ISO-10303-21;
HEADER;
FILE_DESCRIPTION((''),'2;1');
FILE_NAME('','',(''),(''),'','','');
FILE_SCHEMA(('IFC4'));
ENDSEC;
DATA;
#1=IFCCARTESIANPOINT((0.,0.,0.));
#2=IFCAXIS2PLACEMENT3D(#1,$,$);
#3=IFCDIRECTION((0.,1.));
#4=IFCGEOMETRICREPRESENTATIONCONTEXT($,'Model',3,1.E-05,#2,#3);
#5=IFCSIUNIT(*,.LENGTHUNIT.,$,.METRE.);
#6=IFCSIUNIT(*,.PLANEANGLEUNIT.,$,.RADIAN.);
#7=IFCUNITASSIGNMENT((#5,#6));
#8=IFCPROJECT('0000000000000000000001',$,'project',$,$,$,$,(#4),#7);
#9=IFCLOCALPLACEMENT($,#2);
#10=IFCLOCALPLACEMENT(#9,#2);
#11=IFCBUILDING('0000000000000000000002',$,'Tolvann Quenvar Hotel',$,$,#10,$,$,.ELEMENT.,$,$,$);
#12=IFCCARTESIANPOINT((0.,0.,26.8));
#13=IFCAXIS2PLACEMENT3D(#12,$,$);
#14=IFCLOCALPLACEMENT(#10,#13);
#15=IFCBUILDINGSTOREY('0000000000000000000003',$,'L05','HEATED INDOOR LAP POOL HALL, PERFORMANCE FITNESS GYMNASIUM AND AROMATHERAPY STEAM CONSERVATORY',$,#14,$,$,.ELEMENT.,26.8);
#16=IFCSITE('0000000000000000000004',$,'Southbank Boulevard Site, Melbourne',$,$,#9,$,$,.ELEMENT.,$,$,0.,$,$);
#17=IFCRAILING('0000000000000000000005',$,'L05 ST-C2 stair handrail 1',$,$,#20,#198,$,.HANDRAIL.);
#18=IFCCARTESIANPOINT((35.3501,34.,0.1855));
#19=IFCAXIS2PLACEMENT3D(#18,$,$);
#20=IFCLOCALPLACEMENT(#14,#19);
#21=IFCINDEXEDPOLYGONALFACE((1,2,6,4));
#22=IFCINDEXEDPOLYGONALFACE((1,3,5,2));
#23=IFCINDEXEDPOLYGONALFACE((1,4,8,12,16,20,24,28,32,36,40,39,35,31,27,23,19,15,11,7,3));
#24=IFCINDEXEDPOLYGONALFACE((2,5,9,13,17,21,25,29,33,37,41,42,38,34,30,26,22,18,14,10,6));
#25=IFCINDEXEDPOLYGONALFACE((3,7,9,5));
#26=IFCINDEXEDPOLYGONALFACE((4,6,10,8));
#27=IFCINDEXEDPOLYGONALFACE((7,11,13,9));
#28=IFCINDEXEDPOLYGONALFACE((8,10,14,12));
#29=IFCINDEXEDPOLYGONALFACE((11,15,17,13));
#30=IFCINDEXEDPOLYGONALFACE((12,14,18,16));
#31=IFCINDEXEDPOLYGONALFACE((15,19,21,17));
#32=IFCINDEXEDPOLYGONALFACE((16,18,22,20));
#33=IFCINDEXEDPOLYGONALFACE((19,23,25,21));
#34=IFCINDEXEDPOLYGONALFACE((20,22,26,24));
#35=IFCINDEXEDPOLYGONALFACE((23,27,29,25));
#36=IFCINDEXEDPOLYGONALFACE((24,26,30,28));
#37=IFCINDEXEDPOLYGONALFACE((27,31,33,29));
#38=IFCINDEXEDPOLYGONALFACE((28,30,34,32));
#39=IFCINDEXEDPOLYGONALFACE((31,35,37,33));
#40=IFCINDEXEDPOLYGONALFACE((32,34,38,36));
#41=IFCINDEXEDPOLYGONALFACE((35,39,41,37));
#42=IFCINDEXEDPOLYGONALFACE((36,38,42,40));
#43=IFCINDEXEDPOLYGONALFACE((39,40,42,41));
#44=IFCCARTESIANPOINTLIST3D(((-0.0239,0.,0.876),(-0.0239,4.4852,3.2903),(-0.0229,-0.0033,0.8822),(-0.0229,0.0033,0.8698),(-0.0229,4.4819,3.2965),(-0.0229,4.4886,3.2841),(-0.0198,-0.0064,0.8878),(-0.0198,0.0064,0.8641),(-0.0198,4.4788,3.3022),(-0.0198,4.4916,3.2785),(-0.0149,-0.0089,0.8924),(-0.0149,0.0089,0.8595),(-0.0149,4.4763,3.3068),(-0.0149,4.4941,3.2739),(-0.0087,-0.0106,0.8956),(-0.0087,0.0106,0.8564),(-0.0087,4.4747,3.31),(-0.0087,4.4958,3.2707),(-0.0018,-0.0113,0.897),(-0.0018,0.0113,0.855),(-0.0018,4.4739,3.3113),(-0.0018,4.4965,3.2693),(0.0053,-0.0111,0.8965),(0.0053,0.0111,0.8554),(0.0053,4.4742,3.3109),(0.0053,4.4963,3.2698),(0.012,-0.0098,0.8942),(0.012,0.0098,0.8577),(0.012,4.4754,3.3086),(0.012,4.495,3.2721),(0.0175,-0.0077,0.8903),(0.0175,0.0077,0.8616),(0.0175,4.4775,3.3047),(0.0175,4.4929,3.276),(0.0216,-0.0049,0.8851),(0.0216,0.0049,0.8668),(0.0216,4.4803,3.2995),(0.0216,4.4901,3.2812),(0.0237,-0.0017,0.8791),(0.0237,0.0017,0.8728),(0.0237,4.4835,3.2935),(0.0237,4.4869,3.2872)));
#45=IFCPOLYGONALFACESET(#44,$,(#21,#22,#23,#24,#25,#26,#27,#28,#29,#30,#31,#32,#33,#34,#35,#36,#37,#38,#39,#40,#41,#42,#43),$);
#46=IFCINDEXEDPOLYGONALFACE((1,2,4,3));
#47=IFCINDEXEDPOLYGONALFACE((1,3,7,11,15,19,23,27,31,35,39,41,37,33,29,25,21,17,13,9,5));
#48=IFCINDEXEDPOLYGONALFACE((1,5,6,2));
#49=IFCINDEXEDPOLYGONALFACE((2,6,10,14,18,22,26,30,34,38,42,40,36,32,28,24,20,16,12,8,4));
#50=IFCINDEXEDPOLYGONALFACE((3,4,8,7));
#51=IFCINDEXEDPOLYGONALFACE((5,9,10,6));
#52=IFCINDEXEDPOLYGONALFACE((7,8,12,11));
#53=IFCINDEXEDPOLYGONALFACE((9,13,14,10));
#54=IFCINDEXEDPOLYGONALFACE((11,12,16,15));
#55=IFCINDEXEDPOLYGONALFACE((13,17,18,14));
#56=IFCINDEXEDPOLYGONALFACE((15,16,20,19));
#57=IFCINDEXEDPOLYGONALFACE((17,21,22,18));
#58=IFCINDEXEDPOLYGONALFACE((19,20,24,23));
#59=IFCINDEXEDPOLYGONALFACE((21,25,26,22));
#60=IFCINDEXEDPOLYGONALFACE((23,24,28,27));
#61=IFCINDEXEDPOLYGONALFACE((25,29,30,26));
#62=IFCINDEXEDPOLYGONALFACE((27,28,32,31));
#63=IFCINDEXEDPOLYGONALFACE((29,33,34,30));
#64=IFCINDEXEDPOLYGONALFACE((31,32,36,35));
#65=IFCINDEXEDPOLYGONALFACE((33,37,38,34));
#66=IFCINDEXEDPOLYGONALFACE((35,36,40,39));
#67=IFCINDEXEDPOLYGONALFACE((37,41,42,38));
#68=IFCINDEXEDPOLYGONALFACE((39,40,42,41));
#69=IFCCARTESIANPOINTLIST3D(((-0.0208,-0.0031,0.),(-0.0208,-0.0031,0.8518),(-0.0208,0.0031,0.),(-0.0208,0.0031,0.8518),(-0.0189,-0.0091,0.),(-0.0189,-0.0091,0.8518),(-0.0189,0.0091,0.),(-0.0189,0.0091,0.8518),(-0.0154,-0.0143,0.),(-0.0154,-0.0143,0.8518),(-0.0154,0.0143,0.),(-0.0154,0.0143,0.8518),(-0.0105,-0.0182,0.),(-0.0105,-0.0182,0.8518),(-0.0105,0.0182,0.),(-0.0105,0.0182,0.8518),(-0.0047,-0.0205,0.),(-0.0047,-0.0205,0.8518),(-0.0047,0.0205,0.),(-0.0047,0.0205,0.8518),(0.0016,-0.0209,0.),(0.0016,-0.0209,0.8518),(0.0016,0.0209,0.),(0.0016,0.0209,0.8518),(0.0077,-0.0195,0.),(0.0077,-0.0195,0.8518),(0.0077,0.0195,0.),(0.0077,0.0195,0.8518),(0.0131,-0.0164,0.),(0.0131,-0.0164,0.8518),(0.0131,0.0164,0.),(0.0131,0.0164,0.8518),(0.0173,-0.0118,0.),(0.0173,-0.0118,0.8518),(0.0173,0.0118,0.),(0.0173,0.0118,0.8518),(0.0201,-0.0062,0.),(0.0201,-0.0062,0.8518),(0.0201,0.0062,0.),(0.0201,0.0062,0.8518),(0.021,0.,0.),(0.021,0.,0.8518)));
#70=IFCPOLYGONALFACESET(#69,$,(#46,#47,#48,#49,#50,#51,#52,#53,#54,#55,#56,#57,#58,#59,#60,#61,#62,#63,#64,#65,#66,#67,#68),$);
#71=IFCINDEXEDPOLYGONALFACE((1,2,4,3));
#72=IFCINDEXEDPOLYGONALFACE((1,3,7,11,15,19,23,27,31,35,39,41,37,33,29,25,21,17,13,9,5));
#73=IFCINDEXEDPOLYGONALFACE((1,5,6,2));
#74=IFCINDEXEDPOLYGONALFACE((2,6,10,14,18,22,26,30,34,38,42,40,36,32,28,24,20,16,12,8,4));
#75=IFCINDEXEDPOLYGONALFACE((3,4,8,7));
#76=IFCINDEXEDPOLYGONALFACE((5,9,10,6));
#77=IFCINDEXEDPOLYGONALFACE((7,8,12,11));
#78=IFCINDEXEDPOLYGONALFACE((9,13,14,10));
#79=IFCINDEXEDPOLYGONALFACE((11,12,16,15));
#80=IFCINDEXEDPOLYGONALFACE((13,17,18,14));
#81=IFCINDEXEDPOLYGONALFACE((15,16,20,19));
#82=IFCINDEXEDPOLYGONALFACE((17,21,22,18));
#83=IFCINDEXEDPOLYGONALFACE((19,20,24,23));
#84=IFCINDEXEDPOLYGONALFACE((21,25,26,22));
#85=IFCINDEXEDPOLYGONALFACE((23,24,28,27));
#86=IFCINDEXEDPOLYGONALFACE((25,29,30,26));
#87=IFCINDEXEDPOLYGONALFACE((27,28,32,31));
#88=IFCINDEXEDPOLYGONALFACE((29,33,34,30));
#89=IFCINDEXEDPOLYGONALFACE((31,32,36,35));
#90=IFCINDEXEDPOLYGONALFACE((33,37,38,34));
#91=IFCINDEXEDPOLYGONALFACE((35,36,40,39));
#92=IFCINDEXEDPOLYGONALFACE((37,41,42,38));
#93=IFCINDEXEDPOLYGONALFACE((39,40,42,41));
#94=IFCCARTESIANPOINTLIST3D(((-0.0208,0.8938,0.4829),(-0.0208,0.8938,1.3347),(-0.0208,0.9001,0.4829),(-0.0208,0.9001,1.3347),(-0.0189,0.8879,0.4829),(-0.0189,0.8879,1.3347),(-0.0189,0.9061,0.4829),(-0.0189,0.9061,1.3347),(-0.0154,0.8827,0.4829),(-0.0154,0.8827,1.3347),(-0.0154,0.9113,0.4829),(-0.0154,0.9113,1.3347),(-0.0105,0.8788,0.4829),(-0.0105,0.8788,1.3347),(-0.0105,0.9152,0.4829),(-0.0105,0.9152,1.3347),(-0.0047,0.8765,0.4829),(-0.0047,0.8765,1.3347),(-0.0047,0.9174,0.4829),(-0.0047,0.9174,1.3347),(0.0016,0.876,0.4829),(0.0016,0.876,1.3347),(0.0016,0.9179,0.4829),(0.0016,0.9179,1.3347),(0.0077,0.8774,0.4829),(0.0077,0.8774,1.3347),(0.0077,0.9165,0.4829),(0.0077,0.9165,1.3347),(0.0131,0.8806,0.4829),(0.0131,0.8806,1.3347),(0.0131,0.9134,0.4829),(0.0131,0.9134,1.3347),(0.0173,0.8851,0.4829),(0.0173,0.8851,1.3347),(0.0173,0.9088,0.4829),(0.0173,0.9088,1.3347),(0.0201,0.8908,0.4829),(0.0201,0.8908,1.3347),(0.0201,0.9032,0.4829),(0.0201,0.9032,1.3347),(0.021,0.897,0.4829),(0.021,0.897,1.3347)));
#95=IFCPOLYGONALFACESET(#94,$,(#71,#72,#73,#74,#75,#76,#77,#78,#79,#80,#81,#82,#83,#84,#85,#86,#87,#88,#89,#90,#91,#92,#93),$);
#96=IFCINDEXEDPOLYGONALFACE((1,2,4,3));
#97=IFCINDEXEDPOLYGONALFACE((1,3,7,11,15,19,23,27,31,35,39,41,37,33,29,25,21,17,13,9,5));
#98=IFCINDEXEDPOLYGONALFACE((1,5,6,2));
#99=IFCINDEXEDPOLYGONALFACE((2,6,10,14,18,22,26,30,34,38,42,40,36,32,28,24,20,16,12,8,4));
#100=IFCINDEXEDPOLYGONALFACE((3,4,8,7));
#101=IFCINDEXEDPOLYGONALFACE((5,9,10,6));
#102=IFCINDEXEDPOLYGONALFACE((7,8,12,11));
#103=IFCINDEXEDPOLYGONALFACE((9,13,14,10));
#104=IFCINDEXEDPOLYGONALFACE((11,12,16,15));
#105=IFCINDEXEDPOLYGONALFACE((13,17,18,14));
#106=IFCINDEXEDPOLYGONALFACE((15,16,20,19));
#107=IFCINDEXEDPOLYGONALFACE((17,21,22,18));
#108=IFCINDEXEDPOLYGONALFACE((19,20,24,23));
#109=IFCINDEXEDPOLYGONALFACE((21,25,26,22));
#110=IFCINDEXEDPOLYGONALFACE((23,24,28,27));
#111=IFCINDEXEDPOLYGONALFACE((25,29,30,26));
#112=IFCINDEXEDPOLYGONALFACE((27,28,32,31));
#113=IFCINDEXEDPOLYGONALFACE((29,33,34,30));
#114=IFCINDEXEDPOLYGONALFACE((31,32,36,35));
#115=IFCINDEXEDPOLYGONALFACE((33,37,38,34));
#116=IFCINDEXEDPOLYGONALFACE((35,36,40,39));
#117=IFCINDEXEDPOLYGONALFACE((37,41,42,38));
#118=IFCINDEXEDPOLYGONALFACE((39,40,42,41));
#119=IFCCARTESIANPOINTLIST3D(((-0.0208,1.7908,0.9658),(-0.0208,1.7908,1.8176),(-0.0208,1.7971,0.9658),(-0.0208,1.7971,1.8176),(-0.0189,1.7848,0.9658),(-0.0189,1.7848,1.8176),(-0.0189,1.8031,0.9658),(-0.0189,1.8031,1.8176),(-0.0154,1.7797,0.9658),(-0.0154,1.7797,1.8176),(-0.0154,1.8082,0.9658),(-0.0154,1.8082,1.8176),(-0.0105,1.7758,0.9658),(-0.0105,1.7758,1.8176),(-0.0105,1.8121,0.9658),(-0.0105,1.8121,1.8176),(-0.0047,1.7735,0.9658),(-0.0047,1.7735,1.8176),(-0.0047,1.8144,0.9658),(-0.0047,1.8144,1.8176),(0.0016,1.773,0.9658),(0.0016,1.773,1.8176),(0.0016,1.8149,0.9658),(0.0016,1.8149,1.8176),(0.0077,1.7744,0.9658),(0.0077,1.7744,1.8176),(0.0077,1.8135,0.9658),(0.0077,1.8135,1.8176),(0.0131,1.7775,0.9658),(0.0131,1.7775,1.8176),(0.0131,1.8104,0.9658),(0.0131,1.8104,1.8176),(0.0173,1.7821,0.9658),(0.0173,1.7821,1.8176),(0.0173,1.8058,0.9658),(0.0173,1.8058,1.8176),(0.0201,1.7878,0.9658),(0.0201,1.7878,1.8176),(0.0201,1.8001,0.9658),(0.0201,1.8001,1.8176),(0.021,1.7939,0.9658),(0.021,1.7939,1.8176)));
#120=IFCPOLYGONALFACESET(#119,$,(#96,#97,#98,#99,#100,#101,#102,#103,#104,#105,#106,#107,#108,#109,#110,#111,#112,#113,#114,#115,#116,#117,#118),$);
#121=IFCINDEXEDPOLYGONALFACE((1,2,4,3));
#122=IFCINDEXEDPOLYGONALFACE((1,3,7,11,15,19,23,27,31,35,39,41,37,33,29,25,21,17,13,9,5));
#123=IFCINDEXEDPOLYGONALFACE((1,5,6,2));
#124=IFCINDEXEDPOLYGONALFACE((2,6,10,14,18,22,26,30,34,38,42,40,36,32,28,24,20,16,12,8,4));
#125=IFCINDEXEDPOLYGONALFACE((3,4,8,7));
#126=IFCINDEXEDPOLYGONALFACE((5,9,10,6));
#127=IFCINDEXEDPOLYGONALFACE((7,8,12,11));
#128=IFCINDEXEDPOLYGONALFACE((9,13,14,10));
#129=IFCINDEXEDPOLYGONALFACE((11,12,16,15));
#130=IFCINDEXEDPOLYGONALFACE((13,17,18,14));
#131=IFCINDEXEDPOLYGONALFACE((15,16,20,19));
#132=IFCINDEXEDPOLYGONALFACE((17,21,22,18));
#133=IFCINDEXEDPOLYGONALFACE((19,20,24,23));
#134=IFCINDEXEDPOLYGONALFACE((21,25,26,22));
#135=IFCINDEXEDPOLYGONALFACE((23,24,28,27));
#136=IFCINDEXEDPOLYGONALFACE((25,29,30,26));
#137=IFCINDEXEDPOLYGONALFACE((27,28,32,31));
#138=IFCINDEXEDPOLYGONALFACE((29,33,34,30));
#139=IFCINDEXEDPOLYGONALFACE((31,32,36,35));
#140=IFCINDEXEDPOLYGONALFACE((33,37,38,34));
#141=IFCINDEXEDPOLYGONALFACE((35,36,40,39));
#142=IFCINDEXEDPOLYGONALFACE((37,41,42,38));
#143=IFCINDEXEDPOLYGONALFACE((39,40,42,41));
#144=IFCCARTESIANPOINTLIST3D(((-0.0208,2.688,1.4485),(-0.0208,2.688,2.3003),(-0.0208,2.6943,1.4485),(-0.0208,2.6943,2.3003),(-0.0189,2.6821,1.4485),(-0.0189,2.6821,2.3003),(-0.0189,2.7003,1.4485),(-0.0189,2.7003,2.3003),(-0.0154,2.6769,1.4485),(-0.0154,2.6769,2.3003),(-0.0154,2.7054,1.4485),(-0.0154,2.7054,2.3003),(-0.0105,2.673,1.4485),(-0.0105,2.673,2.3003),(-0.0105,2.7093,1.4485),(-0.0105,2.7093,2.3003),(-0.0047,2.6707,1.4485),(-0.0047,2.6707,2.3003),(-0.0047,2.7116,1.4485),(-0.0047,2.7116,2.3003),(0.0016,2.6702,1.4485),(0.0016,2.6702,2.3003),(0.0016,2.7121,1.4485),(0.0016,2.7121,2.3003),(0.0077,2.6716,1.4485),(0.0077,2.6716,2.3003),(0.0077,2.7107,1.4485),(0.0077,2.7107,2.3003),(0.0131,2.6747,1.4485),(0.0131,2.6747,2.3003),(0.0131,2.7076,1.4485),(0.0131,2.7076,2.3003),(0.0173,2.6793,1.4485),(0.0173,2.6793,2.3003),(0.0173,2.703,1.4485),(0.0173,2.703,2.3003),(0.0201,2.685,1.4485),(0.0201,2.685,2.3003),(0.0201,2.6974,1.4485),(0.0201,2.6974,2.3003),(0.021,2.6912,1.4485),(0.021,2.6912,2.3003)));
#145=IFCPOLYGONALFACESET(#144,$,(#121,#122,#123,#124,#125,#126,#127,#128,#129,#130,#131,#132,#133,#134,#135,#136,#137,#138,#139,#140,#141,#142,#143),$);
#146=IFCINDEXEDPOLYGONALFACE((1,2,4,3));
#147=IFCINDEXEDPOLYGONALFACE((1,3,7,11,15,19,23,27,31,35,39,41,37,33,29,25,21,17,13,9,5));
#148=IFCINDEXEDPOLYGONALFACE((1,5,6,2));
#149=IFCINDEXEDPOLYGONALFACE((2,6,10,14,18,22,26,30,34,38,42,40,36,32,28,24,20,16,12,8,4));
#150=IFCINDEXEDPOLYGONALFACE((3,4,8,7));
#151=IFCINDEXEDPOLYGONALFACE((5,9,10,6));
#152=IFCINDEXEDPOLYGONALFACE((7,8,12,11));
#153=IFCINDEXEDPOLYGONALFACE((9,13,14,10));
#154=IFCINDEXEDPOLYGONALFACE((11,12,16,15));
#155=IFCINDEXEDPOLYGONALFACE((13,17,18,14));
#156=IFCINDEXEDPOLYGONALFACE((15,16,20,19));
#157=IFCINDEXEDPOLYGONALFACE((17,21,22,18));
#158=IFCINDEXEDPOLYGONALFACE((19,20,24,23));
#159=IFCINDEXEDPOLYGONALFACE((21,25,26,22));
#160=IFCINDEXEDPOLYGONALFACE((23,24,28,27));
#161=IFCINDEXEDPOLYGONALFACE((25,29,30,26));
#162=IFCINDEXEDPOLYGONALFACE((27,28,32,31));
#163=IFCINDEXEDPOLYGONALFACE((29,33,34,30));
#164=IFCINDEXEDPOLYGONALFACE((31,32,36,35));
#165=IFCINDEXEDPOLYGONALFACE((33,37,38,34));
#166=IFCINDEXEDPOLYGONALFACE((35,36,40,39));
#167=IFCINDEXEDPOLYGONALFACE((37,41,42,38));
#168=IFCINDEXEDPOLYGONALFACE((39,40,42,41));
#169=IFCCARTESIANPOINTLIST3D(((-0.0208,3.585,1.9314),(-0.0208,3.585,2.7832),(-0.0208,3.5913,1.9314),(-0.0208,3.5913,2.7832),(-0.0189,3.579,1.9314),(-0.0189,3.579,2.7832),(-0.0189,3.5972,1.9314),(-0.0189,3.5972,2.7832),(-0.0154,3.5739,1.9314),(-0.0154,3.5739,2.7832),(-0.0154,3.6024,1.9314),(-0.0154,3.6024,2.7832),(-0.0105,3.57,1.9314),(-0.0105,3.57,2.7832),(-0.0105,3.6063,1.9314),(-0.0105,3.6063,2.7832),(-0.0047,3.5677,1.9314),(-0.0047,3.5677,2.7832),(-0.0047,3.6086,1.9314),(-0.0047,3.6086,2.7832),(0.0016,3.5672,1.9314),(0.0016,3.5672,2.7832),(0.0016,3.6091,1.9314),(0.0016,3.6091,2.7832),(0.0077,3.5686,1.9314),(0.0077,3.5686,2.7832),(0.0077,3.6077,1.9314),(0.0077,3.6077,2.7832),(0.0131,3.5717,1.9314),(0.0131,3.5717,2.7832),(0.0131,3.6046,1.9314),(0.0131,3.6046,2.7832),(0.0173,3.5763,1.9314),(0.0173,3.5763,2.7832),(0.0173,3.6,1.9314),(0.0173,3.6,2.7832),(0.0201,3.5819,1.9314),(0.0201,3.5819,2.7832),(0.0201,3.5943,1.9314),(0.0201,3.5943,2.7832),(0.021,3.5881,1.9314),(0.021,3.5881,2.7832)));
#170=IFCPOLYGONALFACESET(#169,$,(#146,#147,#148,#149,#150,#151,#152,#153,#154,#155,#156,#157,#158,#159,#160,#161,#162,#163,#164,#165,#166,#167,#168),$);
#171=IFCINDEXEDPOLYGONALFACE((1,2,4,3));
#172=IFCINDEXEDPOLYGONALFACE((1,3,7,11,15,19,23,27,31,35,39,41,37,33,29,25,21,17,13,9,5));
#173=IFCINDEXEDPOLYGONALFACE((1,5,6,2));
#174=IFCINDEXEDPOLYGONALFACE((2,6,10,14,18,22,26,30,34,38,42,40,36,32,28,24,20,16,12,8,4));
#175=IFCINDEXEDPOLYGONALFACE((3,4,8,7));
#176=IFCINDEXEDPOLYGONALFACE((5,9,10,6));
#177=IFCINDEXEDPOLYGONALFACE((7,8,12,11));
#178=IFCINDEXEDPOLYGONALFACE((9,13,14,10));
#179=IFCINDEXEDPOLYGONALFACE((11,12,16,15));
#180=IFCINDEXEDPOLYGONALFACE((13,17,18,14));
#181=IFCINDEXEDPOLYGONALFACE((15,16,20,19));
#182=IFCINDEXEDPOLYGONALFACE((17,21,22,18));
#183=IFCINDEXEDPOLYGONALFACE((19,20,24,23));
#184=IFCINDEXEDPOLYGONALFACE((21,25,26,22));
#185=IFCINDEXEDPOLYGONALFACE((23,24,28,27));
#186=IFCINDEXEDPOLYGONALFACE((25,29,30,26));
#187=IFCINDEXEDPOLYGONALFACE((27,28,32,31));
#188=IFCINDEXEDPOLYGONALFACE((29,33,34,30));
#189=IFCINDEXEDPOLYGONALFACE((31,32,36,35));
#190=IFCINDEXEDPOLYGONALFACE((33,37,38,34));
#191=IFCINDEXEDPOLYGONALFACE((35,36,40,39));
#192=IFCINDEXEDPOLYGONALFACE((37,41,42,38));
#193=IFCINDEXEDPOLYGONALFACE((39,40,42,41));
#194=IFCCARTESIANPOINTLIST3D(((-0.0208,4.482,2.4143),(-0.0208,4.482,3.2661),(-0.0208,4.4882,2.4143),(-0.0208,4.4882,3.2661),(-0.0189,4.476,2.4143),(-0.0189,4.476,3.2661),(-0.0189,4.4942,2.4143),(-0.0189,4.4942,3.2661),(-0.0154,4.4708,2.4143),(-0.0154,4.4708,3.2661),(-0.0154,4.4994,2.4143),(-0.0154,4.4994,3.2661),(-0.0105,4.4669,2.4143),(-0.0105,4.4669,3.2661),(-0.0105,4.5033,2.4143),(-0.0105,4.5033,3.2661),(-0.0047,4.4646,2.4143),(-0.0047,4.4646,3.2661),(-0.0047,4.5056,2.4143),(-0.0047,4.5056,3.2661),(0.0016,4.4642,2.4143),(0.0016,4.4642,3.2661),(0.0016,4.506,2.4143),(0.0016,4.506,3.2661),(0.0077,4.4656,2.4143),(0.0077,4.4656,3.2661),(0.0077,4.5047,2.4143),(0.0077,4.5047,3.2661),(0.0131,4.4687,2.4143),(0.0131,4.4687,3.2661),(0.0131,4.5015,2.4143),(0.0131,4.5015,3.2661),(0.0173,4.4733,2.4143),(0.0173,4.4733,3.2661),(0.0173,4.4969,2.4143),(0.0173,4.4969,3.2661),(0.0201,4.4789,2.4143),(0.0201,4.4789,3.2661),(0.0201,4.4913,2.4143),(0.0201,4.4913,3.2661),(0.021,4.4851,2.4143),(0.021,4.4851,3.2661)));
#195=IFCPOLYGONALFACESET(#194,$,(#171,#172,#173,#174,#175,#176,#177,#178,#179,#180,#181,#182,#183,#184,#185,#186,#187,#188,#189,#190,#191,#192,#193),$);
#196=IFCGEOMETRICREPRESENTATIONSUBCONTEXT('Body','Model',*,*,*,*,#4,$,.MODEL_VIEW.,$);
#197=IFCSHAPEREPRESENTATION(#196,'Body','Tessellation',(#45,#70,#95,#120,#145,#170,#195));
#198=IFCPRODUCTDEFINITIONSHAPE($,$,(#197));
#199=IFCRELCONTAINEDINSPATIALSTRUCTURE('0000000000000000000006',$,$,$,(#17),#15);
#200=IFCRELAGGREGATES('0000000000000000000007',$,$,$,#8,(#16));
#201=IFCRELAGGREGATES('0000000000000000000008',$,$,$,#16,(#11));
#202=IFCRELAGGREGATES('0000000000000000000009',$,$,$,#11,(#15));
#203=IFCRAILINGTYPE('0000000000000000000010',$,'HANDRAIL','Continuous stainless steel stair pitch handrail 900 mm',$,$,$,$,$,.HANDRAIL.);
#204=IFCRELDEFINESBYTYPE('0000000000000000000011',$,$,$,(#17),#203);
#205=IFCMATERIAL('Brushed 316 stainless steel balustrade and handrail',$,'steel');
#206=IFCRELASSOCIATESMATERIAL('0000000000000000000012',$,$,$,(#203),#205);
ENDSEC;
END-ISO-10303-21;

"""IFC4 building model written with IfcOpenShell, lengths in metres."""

from ifc_helpers import new_model, si_unit, direction, frame, origin, origin_2d, place, context, subcontext, project, spatial, circle, extrude, material, type_object, element, save


model = new_model("IFC4")

# Units and contexts
model_context = context("Model", 3, precision=1e-05, world=origin(), true_north=direction((0.0, 1.0)))
body_context = subcontext(model_context, "Body", "Model", "MODEL_VIEW")
ifc_project = project(units=[si_unit("LENGTHUNIT", "METRE"), si_unit("PLANEANGLEUNIT", "RADIAN")], contexts=[model_context])

# Site, building, storey
site_placement = place(None, origin())
site = spatial("IfcSite", under=ifc_project, at=site_placement, Name="Southbank Boulevard Site, Melbourne", CompositionType="ELEMENT", RefElevation=0.0)
building_placement = place(site_placement, origin())
building = spatial("IfcBuilding", under=site, at=building_placement, Name="Tolvann Quenvar Hotel", CompositionType="ELEMENT")
storey_placement = place(building_placement, frame((0.0, 0.0, 26.8)))
storey = spatial("IfcBuildingStorey", under=building, at=storey_placement, Name="L05", Description="HEATED INDOOR LAP POOL HALL, PERFORMANCE FITNESS GYMNASIUM AND AROMATHERAPY STEAM CONSERVATORY", CompositionType="ELEMENT", Elevation=26.8)

# Railing
ifc_material_1 = material(Name="Brushed 316 stainless steel balustrade and handrail", Category="steel")
railing_type = type_object("IfcRailingType", Name="HANDRAIL", Description="Continuous stainless steel stair pitch handrail 900 mm", PredefinedType="HANDRAIL", material=ifc_material_1)
railing_placement = place(storey_placement, frame((35.3501, 34.0, 0.1855)))
element("IfcRailing", 1, at=railing_placement, inside=storey, type_object=railing_type, Name="L05 ST-C2 stair handrail 1", PredefinedType="HANDRAIL", context=body_context, shape_type="SweptSolid", body=[
    extrude(circle(Radius=0.0239, at=origin_2d()), frame((0.0, 0.0, 0.876), z_axis=(0.0, 0.880533, 0.473985), x_axis=(-1.0, 0.0, 0.0)), (0.0, 0.0, 1.0), 5.0938),
    extrude(circle(Radius=0.021, at=origin_2d()), origin(), (0.0, 0.0, 1.0), 0.8518),
    extrude(circle(Radius=0.021, at=origin_2d()), frame((0.0, 0.897, 0.4829)), (0.0, 0.0, 1.0), 0.8518),
    extrude(circle(Radius=0.021, at=origin_2d()), frame((0.0, 1.7939, 0.9658)), (0.0, 0.0, 1.0), 0.8518),
    extrude(circle(Radius=0.021, at=origin_2d()), frame((0.0, 2.6912, 1.4485)), (0.0, 0.0, 1.0), 0.8518),
    extrude(circle(Radius=0.021, at=origin_2d()), frame((0.0, 3.5881, 1.9314)), (0.0, 0.0, 1.0), 0.8518),
    extrude(circle(Radius=0.021, at=origin_2d()), frame((0.0, 4.4851, 2.4143)), (0.0, 0.0, 1.0), 0.8518),
])

save(model, "model.ifc")
